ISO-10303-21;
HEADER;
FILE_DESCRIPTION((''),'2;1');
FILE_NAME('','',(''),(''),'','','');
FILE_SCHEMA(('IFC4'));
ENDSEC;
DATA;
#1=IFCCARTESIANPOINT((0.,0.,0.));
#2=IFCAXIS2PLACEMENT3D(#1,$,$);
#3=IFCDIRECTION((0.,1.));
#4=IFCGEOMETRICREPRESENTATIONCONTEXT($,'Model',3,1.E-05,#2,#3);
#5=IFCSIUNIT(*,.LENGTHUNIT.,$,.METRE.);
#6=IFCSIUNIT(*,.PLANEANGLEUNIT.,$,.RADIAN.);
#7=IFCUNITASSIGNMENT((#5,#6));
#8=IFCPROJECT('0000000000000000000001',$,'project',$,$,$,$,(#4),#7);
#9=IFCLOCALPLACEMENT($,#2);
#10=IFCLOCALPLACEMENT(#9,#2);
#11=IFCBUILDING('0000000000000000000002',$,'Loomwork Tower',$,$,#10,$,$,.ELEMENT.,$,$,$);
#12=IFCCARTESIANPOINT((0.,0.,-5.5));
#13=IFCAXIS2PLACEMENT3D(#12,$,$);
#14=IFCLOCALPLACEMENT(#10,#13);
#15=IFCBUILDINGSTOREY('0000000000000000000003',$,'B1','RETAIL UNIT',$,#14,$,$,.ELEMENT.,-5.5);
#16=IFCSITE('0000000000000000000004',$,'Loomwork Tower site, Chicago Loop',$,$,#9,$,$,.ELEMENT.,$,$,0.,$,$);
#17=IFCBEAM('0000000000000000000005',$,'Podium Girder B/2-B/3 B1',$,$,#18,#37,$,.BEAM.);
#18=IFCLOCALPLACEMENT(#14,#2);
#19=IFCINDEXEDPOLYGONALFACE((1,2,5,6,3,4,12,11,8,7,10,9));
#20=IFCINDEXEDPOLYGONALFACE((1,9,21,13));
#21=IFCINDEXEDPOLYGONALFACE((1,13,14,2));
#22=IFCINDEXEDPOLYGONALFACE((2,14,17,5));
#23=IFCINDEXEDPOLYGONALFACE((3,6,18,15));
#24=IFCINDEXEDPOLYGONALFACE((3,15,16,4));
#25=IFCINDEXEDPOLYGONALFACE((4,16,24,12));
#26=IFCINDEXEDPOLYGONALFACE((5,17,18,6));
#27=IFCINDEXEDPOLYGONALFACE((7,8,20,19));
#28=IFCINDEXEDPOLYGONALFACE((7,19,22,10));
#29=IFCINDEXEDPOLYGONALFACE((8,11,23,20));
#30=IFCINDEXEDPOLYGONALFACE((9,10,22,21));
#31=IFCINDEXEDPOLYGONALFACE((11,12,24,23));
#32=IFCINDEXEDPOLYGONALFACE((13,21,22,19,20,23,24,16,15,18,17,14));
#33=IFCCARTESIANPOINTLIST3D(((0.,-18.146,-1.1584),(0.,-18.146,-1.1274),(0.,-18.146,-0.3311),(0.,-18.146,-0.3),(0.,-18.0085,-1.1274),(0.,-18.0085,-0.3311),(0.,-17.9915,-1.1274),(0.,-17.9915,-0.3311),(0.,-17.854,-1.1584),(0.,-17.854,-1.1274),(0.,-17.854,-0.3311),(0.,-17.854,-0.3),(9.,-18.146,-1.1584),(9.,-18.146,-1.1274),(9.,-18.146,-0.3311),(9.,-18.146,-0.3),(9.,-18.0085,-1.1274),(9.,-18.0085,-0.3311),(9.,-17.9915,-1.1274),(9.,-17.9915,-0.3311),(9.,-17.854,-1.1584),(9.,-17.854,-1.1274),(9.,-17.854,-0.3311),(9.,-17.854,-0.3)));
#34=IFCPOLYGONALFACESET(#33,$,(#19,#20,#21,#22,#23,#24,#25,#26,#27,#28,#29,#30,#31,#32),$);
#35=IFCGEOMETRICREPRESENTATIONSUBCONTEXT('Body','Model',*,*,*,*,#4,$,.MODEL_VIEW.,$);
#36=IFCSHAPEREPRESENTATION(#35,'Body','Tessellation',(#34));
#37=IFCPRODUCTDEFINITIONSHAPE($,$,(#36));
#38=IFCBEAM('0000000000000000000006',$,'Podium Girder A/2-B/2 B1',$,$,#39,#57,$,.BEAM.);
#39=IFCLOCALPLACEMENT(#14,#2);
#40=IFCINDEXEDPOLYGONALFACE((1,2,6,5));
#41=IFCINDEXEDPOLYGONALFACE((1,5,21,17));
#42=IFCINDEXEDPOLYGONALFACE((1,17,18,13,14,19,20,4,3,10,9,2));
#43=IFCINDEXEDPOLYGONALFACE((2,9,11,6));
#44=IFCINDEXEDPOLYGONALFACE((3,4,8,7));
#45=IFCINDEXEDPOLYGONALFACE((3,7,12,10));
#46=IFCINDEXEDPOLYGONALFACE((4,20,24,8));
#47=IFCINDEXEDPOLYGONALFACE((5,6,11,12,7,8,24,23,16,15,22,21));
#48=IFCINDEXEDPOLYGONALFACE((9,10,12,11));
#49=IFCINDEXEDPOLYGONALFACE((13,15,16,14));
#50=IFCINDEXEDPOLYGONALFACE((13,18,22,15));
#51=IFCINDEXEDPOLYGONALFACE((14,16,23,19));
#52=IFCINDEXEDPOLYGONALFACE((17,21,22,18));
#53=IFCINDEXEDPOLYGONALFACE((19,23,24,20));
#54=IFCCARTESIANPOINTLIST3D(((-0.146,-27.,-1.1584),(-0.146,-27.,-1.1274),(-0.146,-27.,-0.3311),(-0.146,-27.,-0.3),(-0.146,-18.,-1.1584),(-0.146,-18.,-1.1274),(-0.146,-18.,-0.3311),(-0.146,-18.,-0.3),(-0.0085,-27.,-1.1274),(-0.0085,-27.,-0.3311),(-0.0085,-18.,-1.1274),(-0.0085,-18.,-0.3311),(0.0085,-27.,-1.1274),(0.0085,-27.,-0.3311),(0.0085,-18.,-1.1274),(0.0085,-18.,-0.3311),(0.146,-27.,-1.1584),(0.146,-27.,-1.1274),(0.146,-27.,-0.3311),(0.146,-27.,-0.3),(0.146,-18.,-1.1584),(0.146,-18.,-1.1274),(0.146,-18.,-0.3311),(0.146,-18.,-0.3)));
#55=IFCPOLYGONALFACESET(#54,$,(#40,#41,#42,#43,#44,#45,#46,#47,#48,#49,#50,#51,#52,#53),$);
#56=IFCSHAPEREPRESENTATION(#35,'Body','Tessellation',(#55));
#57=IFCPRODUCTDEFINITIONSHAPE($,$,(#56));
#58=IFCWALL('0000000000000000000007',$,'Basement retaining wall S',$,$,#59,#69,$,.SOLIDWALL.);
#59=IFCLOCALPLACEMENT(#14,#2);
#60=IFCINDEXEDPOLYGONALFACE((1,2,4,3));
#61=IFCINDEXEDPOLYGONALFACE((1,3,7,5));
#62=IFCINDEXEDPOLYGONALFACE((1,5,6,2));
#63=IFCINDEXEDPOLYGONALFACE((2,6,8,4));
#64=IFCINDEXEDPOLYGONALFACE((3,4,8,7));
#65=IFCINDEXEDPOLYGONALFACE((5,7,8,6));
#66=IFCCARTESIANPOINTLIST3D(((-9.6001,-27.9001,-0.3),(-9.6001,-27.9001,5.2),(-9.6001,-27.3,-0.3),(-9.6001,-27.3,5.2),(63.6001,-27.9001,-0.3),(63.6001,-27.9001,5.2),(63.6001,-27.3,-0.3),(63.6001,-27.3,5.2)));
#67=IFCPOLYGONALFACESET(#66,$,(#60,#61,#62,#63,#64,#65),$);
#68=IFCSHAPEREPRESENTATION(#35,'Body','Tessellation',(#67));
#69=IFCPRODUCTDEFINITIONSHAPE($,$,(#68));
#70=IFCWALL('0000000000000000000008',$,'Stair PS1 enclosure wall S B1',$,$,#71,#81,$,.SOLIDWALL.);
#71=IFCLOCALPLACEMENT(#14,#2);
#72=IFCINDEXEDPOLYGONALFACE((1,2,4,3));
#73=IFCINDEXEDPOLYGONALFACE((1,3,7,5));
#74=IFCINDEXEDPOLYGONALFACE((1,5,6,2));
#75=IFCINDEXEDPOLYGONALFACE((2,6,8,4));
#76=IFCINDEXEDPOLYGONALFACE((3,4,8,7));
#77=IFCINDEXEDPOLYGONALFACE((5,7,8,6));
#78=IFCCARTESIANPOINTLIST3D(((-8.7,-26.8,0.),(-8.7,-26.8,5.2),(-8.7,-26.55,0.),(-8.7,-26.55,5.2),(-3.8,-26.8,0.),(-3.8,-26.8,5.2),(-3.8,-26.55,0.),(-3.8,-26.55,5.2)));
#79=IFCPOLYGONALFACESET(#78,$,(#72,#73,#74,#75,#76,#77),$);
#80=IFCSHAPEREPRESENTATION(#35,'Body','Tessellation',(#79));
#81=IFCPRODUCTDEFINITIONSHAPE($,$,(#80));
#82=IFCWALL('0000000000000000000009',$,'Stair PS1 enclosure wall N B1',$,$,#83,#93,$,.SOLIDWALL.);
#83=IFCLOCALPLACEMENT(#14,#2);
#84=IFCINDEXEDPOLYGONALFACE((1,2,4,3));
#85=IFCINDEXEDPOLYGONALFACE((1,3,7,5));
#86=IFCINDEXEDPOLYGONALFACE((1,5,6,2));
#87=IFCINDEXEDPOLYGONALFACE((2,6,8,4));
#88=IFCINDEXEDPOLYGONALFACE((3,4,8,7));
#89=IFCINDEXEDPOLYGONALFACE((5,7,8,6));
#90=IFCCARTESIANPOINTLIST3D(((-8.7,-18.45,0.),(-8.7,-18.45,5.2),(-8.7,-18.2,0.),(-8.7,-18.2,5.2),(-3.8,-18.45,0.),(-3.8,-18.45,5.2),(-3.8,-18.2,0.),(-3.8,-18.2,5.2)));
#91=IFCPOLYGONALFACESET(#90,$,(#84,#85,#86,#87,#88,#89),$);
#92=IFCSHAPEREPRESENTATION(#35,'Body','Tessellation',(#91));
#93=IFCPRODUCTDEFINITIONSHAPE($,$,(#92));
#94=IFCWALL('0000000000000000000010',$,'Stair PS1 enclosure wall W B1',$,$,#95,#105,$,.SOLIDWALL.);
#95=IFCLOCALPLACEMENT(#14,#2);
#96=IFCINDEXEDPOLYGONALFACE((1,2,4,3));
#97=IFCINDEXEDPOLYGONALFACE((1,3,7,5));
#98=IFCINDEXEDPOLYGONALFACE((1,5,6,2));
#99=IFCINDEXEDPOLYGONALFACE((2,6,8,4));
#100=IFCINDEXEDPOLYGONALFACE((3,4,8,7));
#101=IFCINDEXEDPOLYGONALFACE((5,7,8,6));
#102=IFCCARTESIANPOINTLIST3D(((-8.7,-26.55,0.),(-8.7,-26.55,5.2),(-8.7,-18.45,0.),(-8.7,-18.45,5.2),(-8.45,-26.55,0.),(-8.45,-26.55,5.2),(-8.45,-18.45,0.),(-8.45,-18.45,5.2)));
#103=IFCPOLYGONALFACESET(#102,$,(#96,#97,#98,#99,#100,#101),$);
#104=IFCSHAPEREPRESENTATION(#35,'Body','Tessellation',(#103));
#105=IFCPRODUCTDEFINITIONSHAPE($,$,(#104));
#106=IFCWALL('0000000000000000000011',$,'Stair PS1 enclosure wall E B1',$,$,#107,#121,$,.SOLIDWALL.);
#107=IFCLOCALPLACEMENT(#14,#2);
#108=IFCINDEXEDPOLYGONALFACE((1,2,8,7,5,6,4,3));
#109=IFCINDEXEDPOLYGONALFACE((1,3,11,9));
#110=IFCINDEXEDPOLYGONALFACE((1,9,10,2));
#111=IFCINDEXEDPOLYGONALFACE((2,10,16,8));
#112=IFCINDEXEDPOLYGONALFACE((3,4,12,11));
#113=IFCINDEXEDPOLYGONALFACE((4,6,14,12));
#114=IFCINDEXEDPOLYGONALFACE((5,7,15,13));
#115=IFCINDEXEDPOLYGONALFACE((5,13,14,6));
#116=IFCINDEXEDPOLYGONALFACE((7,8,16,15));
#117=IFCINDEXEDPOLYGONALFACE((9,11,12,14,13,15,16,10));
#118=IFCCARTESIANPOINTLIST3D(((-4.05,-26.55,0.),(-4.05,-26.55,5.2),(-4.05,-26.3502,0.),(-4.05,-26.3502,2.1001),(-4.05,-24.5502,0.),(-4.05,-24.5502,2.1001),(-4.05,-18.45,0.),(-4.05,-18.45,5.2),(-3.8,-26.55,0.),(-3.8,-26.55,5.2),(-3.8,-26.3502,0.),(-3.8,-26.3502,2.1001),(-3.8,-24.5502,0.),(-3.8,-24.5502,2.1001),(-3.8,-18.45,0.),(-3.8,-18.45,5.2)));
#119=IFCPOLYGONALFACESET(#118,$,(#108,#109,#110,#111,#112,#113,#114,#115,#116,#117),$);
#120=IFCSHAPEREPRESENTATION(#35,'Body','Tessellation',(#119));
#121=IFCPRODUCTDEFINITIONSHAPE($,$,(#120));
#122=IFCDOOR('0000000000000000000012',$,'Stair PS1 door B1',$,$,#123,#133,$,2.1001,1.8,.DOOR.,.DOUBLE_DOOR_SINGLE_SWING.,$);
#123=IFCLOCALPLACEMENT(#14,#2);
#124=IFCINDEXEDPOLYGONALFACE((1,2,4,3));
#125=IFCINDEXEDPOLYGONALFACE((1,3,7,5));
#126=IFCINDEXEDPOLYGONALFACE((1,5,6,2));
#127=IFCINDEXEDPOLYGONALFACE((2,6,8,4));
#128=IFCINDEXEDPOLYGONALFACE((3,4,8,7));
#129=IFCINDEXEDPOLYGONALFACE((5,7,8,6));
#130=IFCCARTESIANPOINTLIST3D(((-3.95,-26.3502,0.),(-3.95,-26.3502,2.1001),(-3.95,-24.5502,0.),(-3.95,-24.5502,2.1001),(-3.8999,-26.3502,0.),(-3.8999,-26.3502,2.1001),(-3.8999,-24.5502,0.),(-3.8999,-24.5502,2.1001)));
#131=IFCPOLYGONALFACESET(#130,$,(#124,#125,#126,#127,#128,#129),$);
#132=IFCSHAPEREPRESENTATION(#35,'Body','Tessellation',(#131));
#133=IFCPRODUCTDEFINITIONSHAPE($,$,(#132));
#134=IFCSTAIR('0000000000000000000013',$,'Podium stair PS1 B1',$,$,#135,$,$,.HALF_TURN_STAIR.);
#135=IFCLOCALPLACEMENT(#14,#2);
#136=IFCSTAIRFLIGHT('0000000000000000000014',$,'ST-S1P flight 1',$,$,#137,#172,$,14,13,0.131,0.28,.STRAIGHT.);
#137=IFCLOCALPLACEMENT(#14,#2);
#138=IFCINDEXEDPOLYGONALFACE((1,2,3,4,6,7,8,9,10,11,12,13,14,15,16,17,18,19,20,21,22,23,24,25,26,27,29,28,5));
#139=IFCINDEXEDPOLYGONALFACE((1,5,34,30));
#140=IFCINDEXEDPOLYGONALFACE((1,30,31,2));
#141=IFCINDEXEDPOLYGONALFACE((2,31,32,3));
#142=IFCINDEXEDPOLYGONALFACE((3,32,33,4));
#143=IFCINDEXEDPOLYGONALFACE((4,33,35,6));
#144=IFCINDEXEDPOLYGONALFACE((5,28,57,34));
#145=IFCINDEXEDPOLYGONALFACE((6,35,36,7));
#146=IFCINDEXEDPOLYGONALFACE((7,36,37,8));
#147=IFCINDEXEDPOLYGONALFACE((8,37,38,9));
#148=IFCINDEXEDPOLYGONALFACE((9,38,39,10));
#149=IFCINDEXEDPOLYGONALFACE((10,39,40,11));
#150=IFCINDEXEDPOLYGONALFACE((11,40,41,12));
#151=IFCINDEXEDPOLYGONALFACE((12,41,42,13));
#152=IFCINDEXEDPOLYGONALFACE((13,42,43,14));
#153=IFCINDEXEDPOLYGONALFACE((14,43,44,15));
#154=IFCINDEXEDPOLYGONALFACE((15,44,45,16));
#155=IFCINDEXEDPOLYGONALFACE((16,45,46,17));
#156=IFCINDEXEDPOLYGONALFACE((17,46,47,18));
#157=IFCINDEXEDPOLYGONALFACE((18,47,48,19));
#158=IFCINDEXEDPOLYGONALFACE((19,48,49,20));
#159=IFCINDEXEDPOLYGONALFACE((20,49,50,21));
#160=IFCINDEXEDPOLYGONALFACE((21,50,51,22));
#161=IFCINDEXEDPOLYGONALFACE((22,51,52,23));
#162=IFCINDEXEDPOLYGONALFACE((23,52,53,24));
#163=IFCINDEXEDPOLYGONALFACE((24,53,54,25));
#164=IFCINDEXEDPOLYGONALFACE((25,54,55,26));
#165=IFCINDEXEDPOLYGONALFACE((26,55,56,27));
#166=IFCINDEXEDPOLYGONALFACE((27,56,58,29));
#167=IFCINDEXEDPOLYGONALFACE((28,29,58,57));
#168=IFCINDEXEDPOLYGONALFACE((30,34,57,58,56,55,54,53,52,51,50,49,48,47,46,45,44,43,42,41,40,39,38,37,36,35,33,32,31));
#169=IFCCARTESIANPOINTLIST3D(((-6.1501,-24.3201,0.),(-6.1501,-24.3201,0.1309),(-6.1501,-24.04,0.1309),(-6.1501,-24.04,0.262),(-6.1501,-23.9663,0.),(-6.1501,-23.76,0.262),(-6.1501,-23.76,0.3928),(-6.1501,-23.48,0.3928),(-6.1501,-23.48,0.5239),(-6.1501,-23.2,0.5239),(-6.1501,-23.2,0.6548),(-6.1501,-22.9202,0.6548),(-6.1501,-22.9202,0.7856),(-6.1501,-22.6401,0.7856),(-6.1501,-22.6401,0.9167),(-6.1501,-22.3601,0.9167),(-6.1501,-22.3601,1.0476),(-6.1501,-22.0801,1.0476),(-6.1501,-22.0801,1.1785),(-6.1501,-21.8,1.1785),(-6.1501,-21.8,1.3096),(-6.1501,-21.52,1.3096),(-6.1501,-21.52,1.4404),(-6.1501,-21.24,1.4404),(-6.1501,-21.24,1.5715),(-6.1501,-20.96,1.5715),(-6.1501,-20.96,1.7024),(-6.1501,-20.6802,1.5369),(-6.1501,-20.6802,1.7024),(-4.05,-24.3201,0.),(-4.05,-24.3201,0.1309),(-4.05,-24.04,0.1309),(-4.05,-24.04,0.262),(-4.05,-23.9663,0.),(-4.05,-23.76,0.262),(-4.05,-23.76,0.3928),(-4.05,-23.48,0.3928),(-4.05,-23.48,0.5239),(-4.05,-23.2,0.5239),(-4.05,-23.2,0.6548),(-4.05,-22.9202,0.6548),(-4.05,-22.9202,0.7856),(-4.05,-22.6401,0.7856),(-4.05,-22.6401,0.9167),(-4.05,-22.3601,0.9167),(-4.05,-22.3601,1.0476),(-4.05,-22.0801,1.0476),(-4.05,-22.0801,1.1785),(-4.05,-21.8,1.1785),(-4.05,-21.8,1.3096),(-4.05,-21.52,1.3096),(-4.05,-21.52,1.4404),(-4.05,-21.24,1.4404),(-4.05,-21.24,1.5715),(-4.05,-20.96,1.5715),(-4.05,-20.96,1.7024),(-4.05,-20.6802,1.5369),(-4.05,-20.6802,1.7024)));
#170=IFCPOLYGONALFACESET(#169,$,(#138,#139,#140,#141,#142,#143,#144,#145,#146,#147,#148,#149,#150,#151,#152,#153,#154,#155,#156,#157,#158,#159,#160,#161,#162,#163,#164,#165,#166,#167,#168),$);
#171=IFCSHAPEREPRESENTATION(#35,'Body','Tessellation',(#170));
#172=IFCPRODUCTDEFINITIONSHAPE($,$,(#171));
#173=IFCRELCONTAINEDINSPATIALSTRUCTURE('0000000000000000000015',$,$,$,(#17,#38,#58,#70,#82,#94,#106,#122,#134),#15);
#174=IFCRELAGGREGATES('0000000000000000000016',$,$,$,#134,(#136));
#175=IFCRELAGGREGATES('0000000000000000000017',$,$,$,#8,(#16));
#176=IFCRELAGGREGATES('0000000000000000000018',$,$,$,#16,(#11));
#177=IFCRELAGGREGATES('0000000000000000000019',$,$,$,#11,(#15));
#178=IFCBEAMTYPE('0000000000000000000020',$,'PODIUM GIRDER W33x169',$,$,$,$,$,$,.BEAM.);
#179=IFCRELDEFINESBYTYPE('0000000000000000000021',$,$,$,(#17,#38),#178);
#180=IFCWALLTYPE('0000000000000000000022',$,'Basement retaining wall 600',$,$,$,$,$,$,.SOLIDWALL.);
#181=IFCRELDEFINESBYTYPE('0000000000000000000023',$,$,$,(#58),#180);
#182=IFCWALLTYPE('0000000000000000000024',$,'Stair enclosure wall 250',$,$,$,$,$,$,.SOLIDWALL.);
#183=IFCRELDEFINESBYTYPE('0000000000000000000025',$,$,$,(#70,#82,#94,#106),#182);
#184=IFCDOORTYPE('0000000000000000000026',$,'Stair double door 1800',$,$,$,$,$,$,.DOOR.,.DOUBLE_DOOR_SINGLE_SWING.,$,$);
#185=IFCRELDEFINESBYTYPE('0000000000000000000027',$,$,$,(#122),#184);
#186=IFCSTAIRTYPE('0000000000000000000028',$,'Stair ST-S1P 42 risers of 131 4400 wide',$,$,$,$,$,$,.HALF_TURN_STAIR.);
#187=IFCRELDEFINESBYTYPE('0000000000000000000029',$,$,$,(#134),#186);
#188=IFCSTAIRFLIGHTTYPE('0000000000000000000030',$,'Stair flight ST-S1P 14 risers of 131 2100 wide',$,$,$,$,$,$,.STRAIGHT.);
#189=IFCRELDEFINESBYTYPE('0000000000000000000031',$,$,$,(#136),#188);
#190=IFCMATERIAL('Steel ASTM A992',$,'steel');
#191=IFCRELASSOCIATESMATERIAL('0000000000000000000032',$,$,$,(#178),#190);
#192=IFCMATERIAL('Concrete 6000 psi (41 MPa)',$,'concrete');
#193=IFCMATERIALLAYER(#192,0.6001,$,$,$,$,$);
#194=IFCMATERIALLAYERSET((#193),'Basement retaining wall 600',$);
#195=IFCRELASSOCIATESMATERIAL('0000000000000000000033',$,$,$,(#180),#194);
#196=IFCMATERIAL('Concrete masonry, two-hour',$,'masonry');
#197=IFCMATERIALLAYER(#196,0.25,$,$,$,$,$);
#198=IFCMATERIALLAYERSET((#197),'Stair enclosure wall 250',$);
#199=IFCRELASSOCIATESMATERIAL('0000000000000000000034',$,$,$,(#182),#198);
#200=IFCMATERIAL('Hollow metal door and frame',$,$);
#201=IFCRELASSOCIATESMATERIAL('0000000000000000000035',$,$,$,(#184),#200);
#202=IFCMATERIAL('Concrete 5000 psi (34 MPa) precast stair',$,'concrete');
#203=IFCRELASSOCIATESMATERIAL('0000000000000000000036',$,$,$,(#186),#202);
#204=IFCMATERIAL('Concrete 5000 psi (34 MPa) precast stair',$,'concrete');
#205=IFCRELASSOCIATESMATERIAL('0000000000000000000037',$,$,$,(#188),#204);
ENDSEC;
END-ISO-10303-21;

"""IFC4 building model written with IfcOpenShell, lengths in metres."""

from ifc_helpers import new_model, si_unit, direction, frame, frame_2d, origin, origin_2d, place, context, subcontext, project, spatial, polyline, rectangle, i_section, outline, extrude, material, layer, layer_set, material_profile, profile_set, type_object, element, fill, aggregate, save


model = new_model("IFC4")

# Units and contexts
model_context = context("Model", 3, precision=1e-05, world=origin(), true_north=direction((0.0, 1.0)))
body_context = subcontext(model_context, "Body", "Model", "MODEL_VIEW")
ifc_project = project(units=[si_unit("LENGTHUNIT", "METRE"), si_unit("PLANEANGLEUNIT", "RADIAN")], contexts=[model_context])

# Site, building, storey
site_placement = place(None, origin())
site = spatial("IfcSite", under=ifc_project, at=site_placement, Name="Loomwork Tower site, Chicago Loop", CompositionType="ELEMENT", RefElevation=0.0)
building_placement = place(site_placement, origin())
building = spatial("IfcBuilding", under=site, at=building_placement, Name="Loomwork Tower", CompositionType="ELEMENT")
storey_placement = place(building_placement, frame((0.0, 0.0, -5.5)))
storey = spatial("IfcBuildingStorey", under=building, at=storey_placement, Name="B1", Description="RETAIL UNIT", CompositionType="ELEMENT", Elevation=-5.5)

# Beams
ifc_material_1 = material(Name="Steel ASTM A992", Category="steel")
ifc_material_profile_1 = material_profile(ifc_material_1, i_section(OverallWidth=0.292, OverallDepth=0.8584, WebThickness=0.0171, FlangeThickness=0.031, at=origin_2d()), Name="W33x169")
ifc_profile_set_1 = profile_set([ifc_material_profile_1], Name="Steel ASTM A992")
beam_type_1 = type_object("IfcBeamType", Name="PODIUM GIRDER W33x169", PredefinedType="BEAM", material=ifc_profile_set_1)
for number, where, z_axis, x_axis, name in (
    (1, (0.0, -18.0, -0.7292), (1.0, 0.0, 0.0), (0.0, 1.0, 0.0), "Podium Girder B/2-B/3 B1"),
    (2, (0.0, -27.0, -0.7292), (0.0, 1.0, 0.0), (-1.0, 0.0, 0.0), "Podium Girder A/2-B/2 B1"),
):
    element("IfcBeam", number, at=place(storey_placement, frame(where, z_axis=z_axis, x_axis=x_axis)), inside=storey, type_object=beam_type_1, Name=name, PredefinedType="BEAM", context=body_context, shape_type="SweptSolid", body=[
        extrude(i_section(OverallWidth=0.292, OverallDepth=0.8584, WebThickness=0.0171, FlangeThickness=0.031, at=origin_2d()), origin(), (0.0, 0.0, 1.0), 9.0),
    ])

# Walls
ifc_material_2 = material(Name="Concrete 6000 psi (41 MPa)", Category="concrete")
ifc_layer_1 = layer(ifc_material_2, 0.6001)
ifc_layer_set_1 = layer_set([ifc_layer_1], Name="Basement retaining wall 600")
wall_type_1 = type_object("IfcWallType", Name="Basement retaining wall 600", PredefinedType="SOLIDWALL", material=ifc_layer_set_1)
wall_1_placement = place(storey_placement, frame((-9.6001, -27.6001, -0.3), z_axis=(0.0, 0.0, 1.0), x_axis=(1.0, 0.0, 0.0)))
element("IfcWall", 3, at=wall_1_placement, inside=storey, type_object=wall_type_1, Name="Basement retaining wall S", PredefinedType="SOLIDWALL", context=body_context, shape_type="SweptSolid", body=[
    extrude(rectangle(XDim=73.2002, YDim=0.6001, at=frame_2d((36.6001, 0.0))), origin(), (0.0, 0.0, 1.0), 5.5),
])
ifc_material_3 = material(Name="Concrete masonry, two-hour", Category="masonry")
ifc_layer_2 = layer(ifc_material_3, 0.25)
ifc_layer_set_2 = layer_set([ifc_layer_2], Name="Stair enclosure wall 250")
wall_type_2 = type_object("IfcWallType", Name="Stair enclosure wall 250", PredefinedType="SOLIDWALL", material=ifc_layer_set_2)
for number, where, z_axis, x_axis, name in (
    (4, (-8.7, -26.675, 0.0), (0.0, 0.0, 1.0), (1.0, 0.0, 0.0), "Stair PS1 enclosure wall S B1"),
    (5, (-8.7, -18.325, 0.0), (0.0, 0.0, 1.0), (1.0, 0.0, 0.0), "Stair PS1 enclosure wall N B1"),
):
    element("IfcWall", number, at=place(storey_placement, frame(where, z_axis=z_axis, x_axis=x_axis)), inside=storey, type_object=wall_type_2, Name=name, PredefinedType="SOLIDWALL", context=body_context, shape_type="SweptSolid", body=[
        extrude(rectangle(XDim=4.8999, YDim=0.25, at=frame_2d((2.45, 0.0))), origin(), (0.0, 0.0, 1.0), 5.2),
    ])
wall_2_placement = place(storey_placement, frame((-8.575, -26.55, 0.0), z_axis=(0.0, 0.0, 1.0), x_axis=(0.0, 1.0, 0.0)))
element("IfcWall", 6, at=wall_2_placement, inside=storey, type_object=wall_type_2, Name="Stair PS1 enclosure wall W B1", PredefinedType="SOLIDWALL", context=body_context, shape_type="SweptSolid", body=[
    extrude(rectangle(XDim=8.1001, YDim=0.25, at=frame_2d((4.05, 0.0))), origin(), (0.0, 0.0, 1.0), 5.2),
])

# Wall, opening, door
wall_3_placement = place(storey_placement, frame((-3.925, -26.55, 0.0), z_axis=(0.0, 0.0, 1.0), x_axis=(0.0, 1.0, 0.0)))
wall_3 = element("IfcWall", 7, at=wall_3_placement, inside=storey, type_object=wall_type_2, Name="Stair PS1 enclosure wall E B1", PredefinedType="SOLIDWALL", context=body_context, shape_type="SweptSolid", body=[
    extrude(rectangle(XDim=8.1001, YDim=0.25, at=frame_2d((4.05, 0.0))), origin(), (0.0, 0.0, 1.0), 5.2),
])
opening_placement = place(wall_3_placement, frame((0.2, 0.0, 0.0)))
opening = element("IfcOpeningElement", 8, at=opening_placement, cuts=wall_3, PredefinedType="OPENING", context=body_context, shape_type="SweptSolid", body=[
    extrude(rectangle(XDim=1.8, YDim=2.1001, at=frame_2d((0.8999, 1.05))), frame((0.0, 0.135, 0.0), z_axis=(0.0, -1.0, 0.0), x_axis=(1.0, 0.0, 0.0)), (0.0, 0.0, 1.0), 0.27),
])
ifc_material_4 = material(Name="Hollow metal door and frame")
door_type = type_object("IfcDoorType", Name="Stair double door 1800", OperationType="DOUBLE_DOOR_SINGLE_SWING", PredefinedType="DOOR", material=ifc_material_4)
door_placement = place(opening_placement, origin())
door = element("IfcDoor", 9, at=door_placement, inside=storey, type_object=door_type, Name="Stair PS1 door B1", OperationType="DOUBLE_DOOR_SINGLE_SWING", OverallHeight=2.1001, OverallWidth=1.8, PredefinedType="DOOR", context=body_context, shape_type="SweptSolid", body=[
    extrude(rectangle(XDim=1.8, YDim=2.1001, at=frame_2d((0.8999, 1.05))), frame((0.0, 0.0249, 0.0), z_axis=(0.0, -1.0, 0.0), x_axis=(1.0, 0.0, 0.0)), (0.0, 0.0, 1.0), 0.05),
])
fill(opening, door)

# Stair, stair flight
ifc_material_5 = material(Name="Concrete 5000 psi (34 MPa) precast stair", Category="concrete")
stair_type = type_object("IfcStairType", Name="Stair ST-S1P 42 risers of 131 4400 wide", PredefinedType="HALF_TURN_STAIR", material=ifc_material_5)
stair_placement = place(storey_placement, origin())
stair = element("IfcStair", 10, at=stair_placement, inside=storey, type_object=stair_type, Name="Podium stair PS1 B1", PredefinedType="HALF_TURN_STAIR")
ifc_material_6 = material(Name="Concrete 5000 psi (34 MPa) precast stair", Category="concrete")
stair_flight_type = type_object("IfcStairFlightType", Name="Stair flight ST-S1P 14 risers of 131 2100 wide", PredefinedType="STRAIGHT", material=ifc_material_6)
stair_flight_1_placement = place(storey_placement, frame((-5.1001, -24.3201, 0.0), z_axis=(0.0, 0.0, 1.0), x_axis=(0.0, 1.0, 0.0)))
stair_flight_1 = element("IfcStairFlight", 11, at=stair_flight_1_placement, type_object=stair_flight_type, Name="ST-S1P flight 1", NumberOfRisers=14, NumberOfTreads=13, PredefinedType="STRAIGHT", RiserHeight=0.131, TreadLength=0.28, context=body_context, shape_type="SweptSolid", body=[
    extrude(outline(polyline([(0.0, 0.0), (0.0, 0.1309), (0.28, 0.1309), (0.28, 0.262), (0.5601, 0.262), (0.5601, 0.3928), (0.8401, 0.3928), (0.8401, 0.5239), (1.1201, 0.5239), (1.1201, 0.6548), (1.3999, 0.6548), (1.3999, 0.7856), (1.6799, 0.7856), (1.6799, 0.9167), (1.96, 0.9167), (1.96, 1.0476), (2.24, 1.0476), (2.24, 1.1785), (2.52, 1.1785), (2.52, 1.3096), (2.8, 1.3096), (2.8, 1.4404), (3.0801, 1.4404), (3.0801, 1.5715), (3.3601, 1.5715), (3.3601, 1.7024), (3.6399, 1.7024), (3.6399, 1.8333), (3.6399, 1.5369), (0.3538, 0.0), (0.0, 0.0)])), frame((0.0, 1.05, 0.0), z_axis=(0.0, -1.0, 0.0), x_axis=(1.0, 0.0, 0.0)), (0.0, 0.0, 1.0), 2.1001),
])
aggregate(stair, [stair_flight_1])

save(model, "model.ifc")
